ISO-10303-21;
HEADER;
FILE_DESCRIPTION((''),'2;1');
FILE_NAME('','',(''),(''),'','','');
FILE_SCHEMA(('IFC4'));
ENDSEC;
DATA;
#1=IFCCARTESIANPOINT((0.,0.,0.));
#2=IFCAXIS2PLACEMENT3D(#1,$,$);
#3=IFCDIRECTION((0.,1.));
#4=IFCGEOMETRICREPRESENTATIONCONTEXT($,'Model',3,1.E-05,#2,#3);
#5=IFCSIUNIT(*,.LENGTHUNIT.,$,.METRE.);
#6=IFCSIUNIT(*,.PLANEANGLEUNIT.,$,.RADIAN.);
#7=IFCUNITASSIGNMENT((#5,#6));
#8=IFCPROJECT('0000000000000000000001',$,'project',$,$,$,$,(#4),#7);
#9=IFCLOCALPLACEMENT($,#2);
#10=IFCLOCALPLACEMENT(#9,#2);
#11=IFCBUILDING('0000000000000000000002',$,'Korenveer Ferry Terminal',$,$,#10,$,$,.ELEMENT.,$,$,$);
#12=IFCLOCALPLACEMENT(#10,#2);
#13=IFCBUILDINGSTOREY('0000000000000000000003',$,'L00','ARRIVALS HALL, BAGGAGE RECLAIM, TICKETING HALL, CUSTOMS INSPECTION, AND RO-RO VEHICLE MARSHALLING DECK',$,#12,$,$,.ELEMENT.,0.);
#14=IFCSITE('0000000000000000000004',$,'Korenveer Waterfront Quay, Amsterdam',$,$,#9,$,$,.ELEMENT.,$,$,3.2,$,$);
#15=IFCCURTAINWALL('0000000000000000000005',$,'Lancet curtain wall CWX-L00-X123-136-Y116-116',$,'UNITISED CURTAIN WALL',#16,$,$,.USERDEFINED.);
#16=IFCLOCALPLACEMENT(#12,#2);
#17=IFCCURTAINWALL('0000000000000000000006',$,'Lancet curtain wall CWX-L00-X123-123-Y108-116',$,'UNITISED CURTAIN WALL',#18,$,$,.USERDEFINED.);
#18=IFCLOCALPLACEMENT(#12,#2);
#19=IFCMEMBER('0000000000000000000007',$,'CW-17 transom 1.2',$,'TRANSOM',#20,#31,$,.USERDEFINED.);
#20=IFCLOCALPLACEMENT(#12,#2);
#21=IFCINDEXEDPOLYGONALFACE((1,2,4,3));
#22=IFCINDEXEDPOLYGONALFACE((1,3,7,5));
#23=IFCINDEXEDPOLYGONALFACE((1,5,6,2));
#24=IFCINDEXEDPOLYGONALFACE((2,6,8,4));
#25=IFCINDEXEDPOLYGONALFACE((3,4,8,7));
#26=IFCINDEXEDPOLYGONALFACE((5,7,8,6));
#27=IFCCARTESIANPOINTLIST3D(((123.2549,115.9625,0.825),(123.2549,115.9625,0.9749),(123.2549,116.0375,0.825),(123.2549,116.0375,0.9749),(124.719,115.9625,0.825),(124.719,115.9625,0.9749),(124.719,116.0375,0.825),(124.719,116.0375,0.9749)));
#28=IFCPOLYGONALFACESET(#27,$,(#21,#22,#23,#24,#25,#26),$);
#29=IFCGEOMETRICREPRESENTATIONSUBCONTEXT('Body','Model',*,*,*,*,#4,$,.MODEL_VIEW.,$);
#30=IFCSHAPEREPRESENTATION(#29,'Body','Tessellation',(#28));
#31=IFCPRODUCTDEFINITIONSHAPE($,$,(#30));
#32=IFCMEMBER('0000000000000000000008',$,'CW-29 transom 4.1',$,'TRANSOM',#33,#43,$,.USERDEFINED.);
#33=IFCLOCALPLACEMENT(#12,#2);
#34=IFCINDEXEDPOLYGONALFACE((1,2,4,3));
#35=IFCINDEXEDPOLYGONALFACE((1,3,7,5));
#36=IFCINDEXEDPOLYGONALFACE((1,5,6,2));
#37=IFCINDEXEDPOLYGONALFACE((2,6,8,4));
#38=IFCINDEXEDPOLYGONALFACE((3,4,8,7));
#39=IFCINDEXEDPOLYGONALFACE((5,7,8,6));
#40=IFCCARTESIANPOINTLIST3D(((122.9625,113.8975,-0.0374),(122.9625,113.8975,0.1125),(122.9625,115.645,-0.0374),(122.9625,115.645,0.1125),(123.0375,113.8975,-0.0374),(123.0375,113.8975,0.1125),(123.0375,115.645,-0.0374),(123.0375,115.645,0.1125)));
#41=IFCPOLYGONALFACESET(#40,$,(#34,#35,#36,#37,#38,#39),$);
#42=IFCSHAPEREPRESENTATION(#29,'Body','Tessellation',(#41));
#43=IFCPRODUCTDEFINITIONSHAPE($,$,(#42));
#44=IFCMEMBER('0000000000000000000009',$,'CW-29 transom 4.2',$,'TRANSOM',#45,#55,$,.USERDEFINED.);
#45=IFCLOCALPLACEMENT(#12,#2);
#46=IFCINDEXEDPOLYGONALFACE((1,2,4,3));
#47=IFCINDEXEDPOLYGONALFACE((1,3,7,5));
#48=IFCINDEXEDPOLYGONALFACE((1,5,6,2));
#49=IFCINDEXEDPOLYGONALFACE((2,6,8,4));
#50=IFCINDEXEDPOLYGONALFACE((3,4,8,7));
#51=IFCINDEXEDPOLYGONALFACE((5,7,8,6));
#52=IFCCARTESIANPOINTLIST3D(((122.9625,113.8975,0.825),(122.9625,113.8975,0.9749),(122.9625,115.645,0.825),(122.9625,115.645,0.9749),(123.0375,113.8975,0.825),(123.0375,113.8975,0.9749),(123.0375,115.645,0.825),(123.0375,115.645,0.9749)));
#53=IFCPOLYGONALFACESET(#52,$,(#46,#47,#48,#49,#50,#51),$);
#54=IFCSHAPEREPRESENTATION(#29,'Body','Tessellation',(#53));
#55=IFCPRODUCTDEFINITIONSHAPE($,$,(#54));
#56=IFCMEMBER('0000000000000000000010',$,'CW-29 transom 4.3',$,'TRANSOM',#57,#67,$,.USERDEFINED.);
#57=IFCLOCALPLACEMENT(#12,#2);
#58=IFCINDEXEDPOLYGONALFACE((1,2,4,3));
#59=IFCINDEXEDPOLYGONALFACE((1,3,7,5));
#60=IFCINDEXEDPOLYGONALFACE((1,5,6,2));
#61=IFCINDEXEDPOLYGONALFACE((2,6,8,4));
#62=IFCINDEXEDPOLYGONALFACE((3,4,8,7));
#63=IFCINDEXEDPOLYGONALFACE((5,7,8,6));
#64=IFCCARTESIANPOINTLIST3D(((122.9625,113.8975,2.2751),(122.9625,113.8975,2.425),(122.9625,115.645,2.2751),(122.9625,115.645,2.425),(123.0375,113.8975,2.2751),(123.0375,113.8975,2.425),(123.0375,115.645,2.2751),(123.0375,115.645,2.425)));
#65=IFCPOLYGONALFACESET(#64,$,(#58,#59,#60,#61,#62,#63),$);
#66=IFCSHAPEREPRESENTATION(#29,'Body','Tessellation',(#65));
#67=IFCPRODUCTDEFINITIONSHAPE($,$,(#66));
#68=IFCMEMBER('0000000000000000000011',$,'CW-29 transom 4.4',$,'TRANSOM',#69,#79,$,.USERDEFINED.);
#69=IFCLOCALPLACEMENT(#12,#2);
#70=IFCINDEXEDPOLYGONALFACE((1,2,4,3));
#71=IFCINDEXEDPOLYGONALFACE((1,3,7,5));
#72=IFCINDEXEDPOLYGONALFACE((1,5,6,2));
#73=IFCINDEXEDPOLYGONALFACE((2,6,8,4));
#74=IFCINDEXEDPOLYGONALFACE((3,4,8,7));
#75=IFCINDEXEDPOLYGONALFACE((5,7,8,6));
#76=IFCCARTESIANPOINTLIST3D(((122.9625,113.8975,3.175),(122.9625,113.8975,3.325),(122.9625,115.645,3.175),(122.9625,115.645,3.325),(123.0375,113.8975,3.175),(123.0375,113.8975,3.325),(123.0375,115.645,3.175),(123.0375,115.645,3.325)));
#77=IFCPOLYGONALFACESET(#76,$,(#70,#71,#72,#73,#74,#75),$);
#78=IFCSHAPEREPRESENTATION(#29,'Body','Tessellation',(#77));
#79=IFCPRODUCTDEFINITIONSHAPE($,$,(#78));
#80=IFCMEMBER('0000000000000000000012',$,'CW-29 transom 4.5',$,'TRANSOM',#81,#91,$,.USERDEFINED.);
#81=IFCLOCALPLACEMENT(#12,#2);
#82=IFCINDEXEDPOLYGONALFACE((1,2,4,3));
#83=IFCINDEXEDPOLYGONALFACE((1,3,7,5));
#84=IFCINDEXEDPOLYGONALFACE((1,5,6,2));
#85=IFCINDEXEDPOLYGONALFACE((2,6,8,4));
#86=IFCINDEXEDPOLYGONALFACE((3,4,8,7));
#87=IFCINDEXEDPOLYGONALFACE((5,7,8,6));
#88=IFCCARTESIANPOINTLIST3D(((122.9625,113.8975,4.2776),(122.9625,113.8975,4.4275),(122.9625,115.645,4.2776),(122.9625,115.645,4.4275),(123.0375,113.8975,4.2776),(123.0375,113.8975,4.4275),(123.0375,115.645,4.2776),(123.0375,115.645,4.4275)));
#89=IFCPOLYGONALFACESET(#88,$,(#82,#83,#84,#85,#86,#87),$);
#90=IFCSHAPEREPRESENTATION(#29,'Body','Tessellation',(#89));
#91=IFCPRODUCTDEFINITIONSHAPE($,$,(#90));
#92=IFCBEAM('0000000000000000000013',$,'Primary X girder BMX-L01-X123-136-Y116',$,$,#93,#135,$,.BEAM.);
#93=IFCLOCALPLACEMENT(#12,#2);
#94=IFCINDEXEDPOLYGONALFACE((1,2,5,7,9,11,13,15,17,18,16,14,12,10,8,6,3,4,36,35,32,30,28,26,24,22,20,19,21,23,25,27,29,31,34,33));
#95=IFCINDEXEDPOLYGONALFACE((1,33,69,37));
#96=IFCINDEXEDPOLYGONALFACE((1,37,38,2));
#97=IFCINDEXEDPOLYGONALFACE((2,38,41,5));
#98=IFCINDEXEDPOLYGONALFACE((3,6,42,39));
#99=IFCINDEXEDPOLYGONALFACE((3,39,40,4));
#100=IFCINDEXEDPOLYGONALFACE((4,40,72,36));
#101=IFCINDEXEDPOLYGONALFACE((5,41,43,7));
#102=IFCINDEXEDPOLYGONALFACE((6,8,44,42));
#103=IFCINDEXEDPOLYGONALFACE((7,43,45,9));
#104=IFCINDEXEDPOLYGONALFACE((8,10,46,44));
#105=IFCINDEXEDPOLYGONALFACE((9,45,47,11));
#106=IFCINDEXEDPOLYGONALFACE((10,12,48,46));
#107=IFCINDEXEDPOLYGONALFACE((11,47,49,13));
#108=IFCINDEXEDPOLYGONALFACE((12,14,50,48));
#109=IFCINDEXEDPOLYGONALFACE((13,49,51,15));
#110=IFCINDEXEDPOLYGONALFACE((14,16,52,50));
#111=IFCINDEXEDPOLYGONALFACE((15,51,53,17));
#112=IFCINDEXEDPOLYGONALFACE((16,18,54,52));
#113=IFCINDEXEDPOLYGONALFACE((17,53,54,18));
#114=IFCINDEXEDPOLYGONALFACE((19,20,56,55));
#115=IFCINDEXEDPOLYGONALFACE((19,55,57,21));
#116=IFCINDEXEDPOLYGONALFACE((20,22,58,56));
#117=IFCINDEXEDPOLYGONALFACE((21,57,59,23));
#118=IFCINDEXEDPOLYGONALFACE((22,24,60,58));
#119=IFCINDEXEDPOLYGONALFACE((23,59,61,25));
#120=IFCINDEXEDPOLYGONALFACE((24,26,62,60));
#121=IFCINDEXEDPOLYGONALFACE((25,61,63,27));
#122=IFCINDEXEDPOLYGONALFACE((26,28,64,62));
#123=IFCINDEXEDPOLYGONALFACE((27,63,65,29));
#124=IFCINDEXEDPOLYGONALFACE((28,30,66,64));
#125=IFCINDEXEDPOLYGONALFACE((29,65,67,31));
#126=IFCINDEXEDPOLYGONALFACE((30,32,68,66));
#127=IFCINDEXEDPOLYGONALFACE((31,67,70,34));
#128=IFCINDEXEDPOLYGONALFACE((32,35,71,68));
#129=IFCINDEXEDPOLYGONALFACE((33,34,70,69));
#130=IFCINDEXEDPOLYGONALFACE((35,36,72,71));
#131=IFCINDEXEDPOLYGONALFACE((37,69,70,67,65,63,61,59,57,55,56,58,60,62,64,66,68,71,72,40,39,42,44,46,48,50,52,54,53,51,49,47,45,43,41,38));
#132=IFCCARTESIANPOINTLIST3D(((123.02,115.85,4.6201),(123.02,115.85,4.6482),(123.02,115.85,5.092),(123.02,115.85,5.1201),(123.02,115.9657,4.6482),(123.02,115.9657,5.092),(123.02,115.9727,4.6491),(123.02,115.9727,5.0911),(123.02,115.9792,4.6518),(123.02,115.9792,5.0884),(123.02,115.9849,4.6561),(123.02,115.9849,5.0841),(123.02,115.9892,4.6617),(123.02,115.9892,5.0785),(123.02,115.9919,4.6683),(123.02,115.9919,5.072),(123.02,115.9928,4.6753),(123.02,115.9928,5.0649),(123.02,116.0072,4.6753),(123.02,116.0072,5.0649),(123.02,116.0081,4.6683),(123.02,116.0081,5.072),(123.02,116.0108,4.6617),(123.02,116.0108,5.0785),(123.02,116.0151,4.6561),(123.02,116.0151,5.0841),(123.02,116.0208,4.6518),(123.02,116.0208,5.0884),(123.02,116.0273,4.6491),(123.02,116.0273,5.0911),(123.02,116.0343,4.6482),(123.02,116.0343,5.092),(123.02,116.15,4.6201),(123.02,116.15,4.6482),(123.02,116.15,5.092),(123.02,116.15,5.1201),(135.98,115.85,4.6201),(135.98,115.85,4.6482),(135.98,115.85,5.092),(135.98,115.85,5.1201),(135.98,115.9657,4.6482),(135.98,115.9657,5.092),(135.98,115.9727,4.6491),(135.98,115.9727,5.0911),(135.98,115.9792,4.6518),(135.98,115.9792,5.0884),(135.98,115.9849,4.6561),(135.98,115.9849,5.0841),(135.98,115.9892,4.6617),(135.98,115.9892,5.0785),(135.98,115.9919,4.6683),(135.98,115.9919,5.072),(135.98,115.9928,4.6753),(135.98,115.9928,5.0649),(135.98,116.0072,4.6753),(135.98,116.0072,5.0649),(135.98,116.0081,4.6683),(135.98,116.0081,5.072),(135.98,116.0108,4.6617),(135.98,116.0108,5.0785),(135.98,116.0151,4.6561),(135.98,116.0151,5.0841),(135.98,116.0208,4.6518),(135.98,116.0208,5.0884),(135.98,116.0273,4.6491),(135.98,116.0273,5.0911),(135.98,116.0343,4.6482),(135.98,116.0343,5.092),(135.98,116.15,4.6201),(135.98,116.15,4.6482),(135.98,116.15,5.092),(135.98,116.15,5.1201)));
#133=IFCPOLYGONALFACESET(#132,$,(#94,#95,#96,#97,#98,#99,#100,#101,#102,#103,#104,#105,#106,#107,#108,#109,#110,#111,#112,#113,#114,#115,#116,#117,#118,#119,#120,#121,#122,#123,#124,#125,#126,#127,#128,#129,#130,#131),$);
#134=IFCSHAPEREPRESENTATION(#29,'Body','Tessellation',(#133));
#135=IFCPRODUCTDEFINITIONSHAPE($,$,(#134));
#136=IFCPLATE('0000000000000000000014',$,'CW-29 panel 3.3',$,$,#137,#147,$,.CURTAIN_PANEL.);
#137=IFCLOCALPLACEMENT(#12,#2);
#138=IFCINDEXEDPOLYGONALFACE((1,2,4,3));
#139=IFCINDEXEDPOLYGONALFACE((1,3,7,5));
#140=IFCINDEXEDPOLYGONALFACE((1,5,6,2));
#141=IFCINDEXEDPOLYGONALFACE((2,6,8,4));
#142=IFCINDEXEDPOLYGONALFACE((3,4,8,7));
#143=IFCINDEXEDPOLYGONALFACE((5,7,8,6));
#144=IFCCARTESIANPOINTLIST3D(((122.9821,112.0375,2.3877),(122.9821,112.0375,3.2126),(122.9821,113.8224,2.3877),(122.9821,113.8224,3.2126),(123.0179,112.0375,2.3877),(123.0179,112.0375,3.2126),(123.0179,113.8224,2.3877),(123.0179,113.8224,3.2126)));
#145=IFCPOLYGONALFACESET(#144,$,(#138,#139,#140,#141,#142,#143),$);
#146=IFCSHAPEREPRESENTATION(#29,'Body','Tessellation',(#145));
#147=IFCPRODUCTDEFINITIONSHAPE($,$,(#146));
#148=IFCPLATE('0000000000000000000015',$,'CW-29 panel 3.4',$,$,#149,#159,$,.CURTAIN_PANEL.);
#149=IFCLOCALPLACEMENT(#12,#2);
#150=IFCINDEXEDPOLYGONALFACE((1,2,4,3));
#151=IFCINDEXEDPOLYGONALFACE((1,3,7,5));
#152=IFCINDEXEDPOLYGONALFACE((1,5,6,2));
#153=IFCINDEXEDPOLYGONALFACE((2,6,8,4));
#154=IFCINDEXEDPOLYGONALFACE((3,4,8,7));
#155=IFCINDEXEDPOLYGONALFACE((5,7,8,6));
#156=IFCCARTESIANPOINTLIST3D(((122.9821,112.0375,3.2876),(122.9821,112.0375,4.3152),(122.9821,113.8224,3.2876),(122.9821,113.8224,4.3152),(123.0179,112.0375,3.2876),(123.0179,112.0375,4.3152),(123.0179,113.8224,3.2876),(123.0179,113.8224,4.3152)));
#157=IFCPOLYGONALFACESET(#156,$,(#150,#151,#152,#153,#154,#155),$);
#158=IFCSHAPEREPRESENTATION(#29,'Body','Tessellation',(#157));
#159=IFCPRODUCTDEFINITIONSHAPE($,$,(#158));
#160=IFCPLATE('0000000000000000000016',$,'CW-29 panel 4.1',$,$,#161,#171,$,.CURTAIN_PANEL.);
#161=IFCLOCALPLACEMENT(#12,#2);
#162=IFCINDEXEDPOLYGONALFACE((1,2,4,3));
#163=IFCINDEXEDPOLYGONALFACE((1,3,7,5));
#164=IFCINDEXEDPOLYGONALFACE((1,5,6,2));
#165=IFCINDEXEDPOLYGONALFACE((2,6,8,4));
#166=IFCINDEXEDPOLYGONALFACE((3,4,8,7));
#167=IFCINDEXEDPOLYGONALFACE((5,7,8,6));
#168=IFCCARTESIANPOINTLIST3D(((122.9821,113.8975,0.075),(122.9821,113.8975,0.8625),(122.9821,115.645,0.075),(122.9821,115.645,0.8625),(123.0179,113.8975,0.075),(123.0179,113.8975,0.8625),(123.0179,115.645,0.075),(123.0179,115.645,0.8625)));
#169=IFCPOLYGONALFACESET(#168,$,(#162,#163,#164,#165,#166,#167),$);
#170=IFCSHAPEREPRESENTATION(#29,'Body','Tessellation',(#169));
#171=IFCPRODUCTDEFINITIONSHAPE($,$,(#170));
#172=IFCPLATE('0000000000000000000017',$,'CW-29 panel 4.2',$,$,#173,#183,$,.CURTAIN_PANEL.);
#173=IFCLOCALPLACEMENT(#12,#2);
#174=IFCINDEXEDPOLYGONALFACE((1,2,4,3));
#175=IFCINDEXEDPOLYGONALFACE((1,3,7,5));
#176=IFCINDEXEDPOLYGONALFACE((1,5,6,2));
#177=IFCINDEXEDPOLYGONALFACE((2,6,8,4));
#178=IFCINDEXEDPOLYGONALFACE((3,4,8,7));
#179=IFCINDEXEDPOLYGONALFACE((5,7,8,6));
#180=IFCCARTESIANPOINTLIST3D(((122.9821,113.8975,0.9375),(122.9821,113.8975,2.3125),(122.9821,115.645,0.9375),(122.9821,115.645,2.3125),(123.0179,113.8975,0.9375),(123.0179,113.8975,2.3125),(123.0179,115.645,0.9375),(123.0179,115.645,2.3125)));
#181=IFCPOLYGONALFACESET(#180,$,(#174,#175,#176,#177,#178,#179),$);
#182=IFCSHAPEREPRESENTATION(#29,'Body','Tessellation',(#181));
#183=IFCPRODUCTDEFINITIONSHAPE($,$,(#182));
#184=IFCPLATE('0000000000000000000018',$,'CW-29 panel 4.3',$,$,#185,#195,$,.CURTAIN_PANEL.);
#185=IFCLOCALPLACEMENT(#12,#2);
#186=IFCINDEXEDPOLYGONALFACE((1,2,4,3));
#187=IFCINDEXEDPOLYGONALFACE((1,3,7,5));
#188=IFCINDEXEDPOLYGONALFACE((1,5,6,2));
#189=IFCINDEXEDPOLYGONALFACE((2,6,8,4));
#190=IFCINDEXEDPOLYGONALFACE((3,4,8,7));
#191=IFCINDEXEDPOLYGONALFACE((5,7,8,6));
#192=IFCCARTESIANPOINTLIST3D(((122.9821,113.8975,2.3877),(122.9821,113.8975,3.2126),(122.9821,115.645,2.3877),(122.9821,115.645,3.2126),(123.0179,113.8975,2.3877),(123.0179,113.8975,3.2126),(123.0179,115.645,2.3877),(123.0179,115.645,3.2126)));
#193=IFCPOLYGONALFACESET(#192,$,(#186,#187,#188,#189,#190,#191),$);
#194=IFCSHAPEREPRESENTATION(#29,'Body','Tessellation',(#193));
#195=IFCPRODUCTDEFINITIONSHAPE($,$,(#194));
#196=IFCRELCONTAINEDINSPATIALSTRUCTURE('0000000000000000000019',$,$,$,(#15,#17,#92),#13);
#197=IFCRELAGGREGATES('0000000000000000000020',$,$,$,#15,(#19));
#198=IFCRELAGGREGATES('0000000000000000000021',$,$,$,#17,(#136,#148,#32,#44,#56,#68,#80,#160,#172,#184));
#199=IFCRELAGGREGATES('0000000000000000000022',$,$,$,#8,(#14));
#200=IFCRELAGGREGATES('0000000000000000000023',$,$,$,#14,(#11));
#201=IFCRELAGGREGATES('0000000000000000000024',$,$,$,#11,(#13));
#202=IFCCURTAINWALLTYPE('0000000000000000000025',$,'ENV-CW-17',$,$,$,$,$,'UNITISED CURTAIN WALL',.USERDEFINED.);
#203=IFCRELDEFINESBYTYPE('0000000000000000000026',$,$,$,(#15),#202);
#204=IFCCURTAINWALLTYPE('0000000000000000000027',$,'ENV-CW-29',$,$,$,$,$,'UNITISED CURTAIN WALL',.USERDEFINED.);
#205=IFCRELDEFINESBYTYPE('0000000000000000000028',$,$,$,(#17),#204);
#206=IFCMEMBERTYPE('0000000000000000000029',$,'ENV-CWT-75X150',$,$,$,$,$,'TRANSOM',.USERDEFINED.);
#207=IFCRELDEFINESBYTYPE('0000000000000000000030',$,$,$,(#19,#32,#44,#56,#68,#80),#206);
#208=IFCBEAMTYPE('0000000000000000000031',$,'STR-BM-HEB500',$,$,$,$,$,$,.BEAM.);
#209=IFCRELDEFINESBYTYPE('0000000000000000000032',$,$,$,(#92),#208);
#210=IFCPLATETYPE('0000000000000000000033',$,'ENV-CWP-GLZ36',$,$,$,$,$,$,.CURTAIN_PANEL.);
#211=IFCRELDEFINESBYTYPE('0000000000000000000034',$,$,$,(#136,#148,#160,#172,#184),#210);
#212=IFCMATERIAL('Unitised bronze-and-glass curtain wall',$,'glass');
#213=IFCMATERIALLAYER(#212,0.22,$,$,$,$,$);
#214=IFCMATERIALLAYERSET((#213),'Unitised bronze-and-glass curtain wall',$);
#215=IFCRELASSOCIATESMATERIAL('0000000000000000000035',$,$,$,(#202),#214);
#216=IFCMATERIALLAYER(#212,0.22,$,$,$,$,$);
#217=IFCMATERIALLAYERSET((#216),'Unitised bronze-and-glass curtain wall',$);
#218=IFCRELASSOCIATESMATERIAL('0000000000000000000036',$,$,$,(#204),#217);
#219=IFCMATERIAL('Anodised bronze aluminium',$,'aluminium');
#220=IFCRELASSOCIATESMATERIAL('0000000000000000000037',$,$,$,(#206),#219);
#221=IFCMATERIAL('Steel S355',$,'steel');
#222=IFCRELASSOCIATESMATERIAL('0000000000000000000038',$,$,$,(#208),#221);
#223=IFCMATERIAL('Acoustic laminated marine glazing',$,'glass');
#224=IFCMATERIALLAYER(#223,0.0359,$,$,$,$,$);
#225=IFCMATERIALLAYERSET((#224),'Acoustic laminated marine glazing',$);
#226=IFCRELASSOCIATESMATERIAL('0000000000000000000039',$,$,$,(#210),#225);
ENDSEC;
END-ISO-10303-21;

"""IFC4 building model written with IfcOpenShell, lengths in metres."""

from ifc_helpers import new_model, si_unit, direction, frame, origin, origin_2d, place, context, subcontext, project, spatial, rectangle, i_section, extrude, material, layer, layer_set, material_profile, profile_set, type_object, element, aggregate, save


model = new_model("IFC4")

# Units and contexts
model_context = context("Model", 3, precision=1e-05, world=origin(), true_north=direction((0.0, 1.0)))
body_context = subcontext(model_context, "Body", "Model", "MODEL_VIEW")
ifc_project = project(units=[si_unit("LENGTHUNIT", "METRE"), si_unit("PLANEANGLEUNIT", "RADIAN")], contexts=[model_context])

# Site, building, storey
site_placement = place(None, origin())
site = spatial("IfcSite", under=ifc_project, at=site_placement, Name="Korenveer Waterfront Quay, Amsterdam", CompositionType="ELEMENT", RefElevation=3.2)
building_placement = place(site_placement, origin())
building = spatial("IfcBuilding", under=site, at=building_placement, Name="Korenveer Ferry Terminal", CompositionType="ELEMENT")
storey_placement = place(building_placement, origin())
storey = spatial("IfcBuildingStorey", under=building, at=storey_placement, Name="L00", Description="ARRIVALS HALL, BAGGAGE RECLAIM, TICKETING HALL, CUSTOMS INSPECTION, AND RO-RO VEHICLE MARSHALLING DECK", CompositionType="ELEMENT", Elevation=0.0)

# Shared definitions
ifc_material_1 = material(Name="Steel S355", Category="steel")

# Curtain wall
ifc_material_2 = material(Name="Unitised bronze-and-glass curtain wall", Category="glass")
ifc_layer_1 = layer(ifc_material_2, 0.22)
ifc_layer_set_1 = layer_set([ifc_layer_1], Name="Unitised bronze-and-glass curtain wall")
curtain_wall_type_1 = type_object("IfcCurtainWallType", Name="ENV-CW-17", ElementType="UNITISED CURTAIN WALL", PredefinedType="USERDEFINED", material=ifc_layer_set_1)
curtain_wall_1_placement = place(storey_placement, frame((123.1799, 116.0, 0.0)))
curtain_wall_1 = element("IfcCurtainWall", 1, at=curtain_wall_1_placement, inside=storey, type_object=curtain_wall_type_1, Name="Lancet curtain wall CWX-L00-X123-136-Y116-116", ObjectType="UNITISED CURTAIN WALL", PredefinedType="USERDEFINED")
ifc_material_3 = material(Name="Anodised bronze aluminium", Category="aluminium")

# Curtain wall
ifc_layer_2 = layer(ifc_material_2, 0.22)
ifc_layer_set_2 = layer_set([ifc_layer_2], Name="Unitised bronze-and-glass curtain wall")
curtain_wall_type_2 = type_object("IfcCurtainWallType", Name="ENV-CW-29", ElementType="UNITISED CURTAIN WALL", PredefinedType="USERDEFINED", material=ifc_layer_set_2)
curtain_wall_2_placement = place(storey_placement, frame((123.0, 108.28, 0.0)))
curtain_wall_2 = element("IfcCurtainWall", 2, at=curtain_wall_2_placement, inside=storey, type_object=curtain_wall_type_2, Name="Lancet curtain wall CWX-L00-X123-123-Y108-116", ObjectType="UNITISED CURTAIN WALL", PredefinedType="USERDEFINED")

# Members
ifc_material_profile_1 = material_profile(ifc_material_3, rectangle(XDim=0.075, YDim=0.1499, at=origin_2d()), Name="ALU 75x150")
ifc_profile_set_1 = profile_set([ifc_material_profile_1], Name="Anodised bronze aluminium")
member_type_1 = type_object("IfcMemberType", Name="ENV-CWT-75X150", ElementType="TRANSOM", PredefinedType="USERDEFINED", material=ifc_profile_set_1)
member_1_placement = place(storey_placement, frame((123.2549, 116.0, 0.8999), z_axis=(1.0, 0.0, 0.0), x_axis=(0.0, 1.0, 0.0)))
member_1 = element("IfcMember", 3, at=member_1_placement, type_object=member_type_1, Name="CW-17 transom 1.2", ObjectType="TRANSOM", PredefinedType="USERDEFINED", context=body_context, shape_type="SweptSolid", body=[
    extrude(rectangle(XDim=0.075, YDim=0.1499, at=origin_2d()), origin(), (0.0, 0.0, 1.0), 1.4641),
])
aggregate(curtain_wall_1, [member_1])
member_2_placement = place(storey_placement, frame((123.0, 113.8975, 0.0376), z_axis=(0.0, 1.0, 0.0), x_axis=(-1.0, 0.0, 0.0)))
member_2 = element("IfcMember", 4, at=member_2_placement, type_object=member_type_1, Name="CW-29 transom 4.1", ObjectType="TRANSOM", PredefinedType="USERDEFINED", context=body_context, shape_type="SweptSolid", body=[
    extrude(rectangle(XDim=0.075, YDim=0.1499, at=origin_2d()), origin(), (0.0, 0.0, 1.0), 1.7476),
])
member_3_placement = place(storey_placement, frame((123.0, 113.8975, 0.8999), z_axis=(0.0, 1.0, 0.0), x_axis=(-1.0, 0.0, 0.0)))
member_3 = element("IfcMember", 5, at=member_3_placement, type_object=member_type_1, Name="CW-29 transom 4.2", ObjectType="TRANSOM", PredefinedType="USERDEFINED", context=body_context, shape_type="SweptSolid", body=[
    extrude(rectangle(XDim=0.075, YDim=0.1499, at=origin_2d()), origin(), (0.0, 0.0, 1.0), 1.7476),
])
member_4_placement = place(storey_placement, frame((123.0, 113.8975, 2.3501), z_axis=(0.0, 1.0, 0.0), x_axis=(-1.0, 0.0, 0.0)))
member_4 = element("IfcMember", 6, at=member_4_placement, type_object=member_type_1, Name="CW-29 transom 4.3", ObjectType="TRANSOM", PredefinedType="USERDEFINED", context=body_context, shape_type="SweptSolid", body=[
    extrude(rectangle(XDim=0.075, YDim=0.1499, at=origin_2d()), origin(), (0.0, 0.0, 1.0), 1.7476),
])
member_5_placement = place(storey_placement, frame((123.0, 113.8975, 3.25), z_axis=(0.0, 1.0, 0.0), x_axis=(-1.0, 0.0, 0.0)))
member_5 = element("IfcMember", 7, at=member_5_placement, type_object=member_type_1, Name="CW-29 transom 4.4", ObjectType="TRANSOM", PredefinedType="USERDEFINED", context=body_context, shape_type="SweptSolid", body=[
    extrude(rectangle(XDim=0.075, YDim=0.1499, at=origin_2d()), origin(), (0.0, 0.0, 1.0), 1.7476),
])
member_6_placement = place(storey_placement, frame((123.0, 113.8975, 4.3525), z_axis=(0.0, 1.0, 0.0), x_axis=(-1.0, 0.0, 0.0)))
member_6 = element("IfcMember", 8, at=member_6_placement, type_object=member_type_1, Name="CW-29 transom 4.5", ObjectType="TRANSOM", PredefinedType="USERDEFINED", context=body_context, shape_type="SweptSolid", body=[
    extrude(rectangle(XDim=0.075, YDim=0.1499, at=origin_2d()), origin(), (0.0, 0.0, 1.0), 1.7476),
])

# Beam
ifc_material_profile_2 = material_profile(ifc_material_1, i_section(OverallWidth=0.3, OverallDepth=0.5, WebThickness=0.0144, FlangeThickness=0.0281, FilletRadius=0.0271, at=origin_2d()), Name="HEB 500")
ifc_profile_set_2 = profile_set([ifc_material_profile_2], Name="Steel S355")
beam_type = type_object("IfcBeamType", Name="STR-BM-HEB500", PredefinedType="BEAM", material=ifc_profile_set_2)
beam_placement = place(storey_placement, frame((123.02, 116.0, 4.8701), z_axis=(1.0, 0.0, 0.0), x_axis=(0.0, 1.0, 0.0)))
element("IfcBeam", 9, at=beam_placement, inside=storey, type_object=beam_type, Name="Primary X girder BMX-L01-X123-136-Y116", PredefinedType="BEAM", context=body_context, shape_type="SweptSolid", body=[
    extrude(i_section(OverallWidth=0.3, OverallDepth=0.5, WebThickness=0.0144, FlangeThickness=0.0281, FilletRadius=0.0271, at=origin_2d()), origin(), (0.0, 0.0, 1.0), 12.96),
])

# Plates
ifc_material_4 = material(Name="Acoustic laminated marine glazing", Category="glass")
ifc_layer_3 = layer(ifc_material_4, 0.0359)
ifc_layer_set_3 = layer_set([ifc_layer_3], Name="Acoustic laminated marine glazing")
plate_type = type_object("IfcPlateType", Name="ENV-CWP-GLZ36", PredefinedType="CURTAIN_PANEL", material=ifc_layer_set_3)
plate_1_placement = place(storey_placement, frame((123.0, 112.9299, 2.3877), z_axis=(0.0, 0.0, 1.0), x_axis=(0.0, 1.0, 0.0)))
plate_1 = element("IfcPlate", 10, at=plate_1_placement, type_object=plate_type, Name="CW-29 panel 3.3", PredefinedType="CURTAIN_PANEL", context=body_context, shape_type="SweptSolid", body=[
    extrude(rectangle(XDim=1.7849, YDim=0.0359, at=origin_2d()), origin(), (0.0, 0.0, 1.0), 0.825),
])
plate_2_placement = place(storey_placement, frame((123.0, 112.9299, 3.2876), z_axis=(0.0, 0.0, 1.0), x_axis=(0.0, 1.0, 0.0)))
plate_2 = element("IfcPlate", 11, at=plate_2_placement, type_object=plate_type, Name="CW-29 panel 3.4", PredefinedType="CURTAIN_PANEL", context=body_context, shape_type="SweptSolid", body=[
    extrude(rectangle(XDim=1.7849, YDim=0.0359, at=origin_2d()), origin(), (0.0, 0.0, 1.0), 1.0276),
])
plate_3_placement = place(storey_placement, frame((123.0, 114.7712, 0.075), z_axis=(0.0, 0.0, 1.0), x_axis=(0.0, 1.0, 0.0)))
plate_3 = element("IfcPlate", 12, at=plate_3_placement, type_object=plate_type, Name="CW-29 panel 4.1", PredefinedType="CURTAIN_PANEL", context=body_context, shape_type="SweptSolid", body=[
    extrude(rectangle(XDim=1.7476, YDim=0.0359, at=origin_2d()), origin(), (0.0, 0.0, 1.0), 0.7876),
])
plate_4_placement = place(storey_placement, frame((123.0, 114.7712, 0.9375), z_axis=(0.0, 0.0, 1.0), x_axis=(0.0, 1.0, 0.0)))
plate_4 = element("IfcPlate", 13, at=plate_4_placement, type_object=plate_type, Name="CW-29 panel 4.2", PredefinedType="CURTAIN_PANEL", context=body_context, shape_type="SweptSolid", body=[
    extrude(rectangle(XDim=1.7476, YDim=0.0359, at=origin_2d()), origin(), (0.0, 0.0, 1.0), 1.375),
])
plate_5_placement = place(storey_placement, frame((123.0, 114.7712, 2.3877), z_axis=(0.0, 0.0, 1.0), x_axis=(0.0, 1.0, 0.0)))
plate_5 = element("IfcPlate", 14, at=plate_5_placement, type_object=plate_type, Name="CW-29 panel 4.3", PredefinedType="CURTAIN_PANEL", context=body_context, shape_type="SweptSolid", body=[
    extrude(rectangle(XDim=1.7476, YDim=0.0359, at=origin_2d()), origin(), (0.0, 0.0, 1.0), 0.825),
])
aggregate(curtain_wall_2, [plate_1, plate_2, member_2, member_3, member_4, member_5, member_6, plate_3, plate_4, plate_5])

save(model, "model.ifc")
